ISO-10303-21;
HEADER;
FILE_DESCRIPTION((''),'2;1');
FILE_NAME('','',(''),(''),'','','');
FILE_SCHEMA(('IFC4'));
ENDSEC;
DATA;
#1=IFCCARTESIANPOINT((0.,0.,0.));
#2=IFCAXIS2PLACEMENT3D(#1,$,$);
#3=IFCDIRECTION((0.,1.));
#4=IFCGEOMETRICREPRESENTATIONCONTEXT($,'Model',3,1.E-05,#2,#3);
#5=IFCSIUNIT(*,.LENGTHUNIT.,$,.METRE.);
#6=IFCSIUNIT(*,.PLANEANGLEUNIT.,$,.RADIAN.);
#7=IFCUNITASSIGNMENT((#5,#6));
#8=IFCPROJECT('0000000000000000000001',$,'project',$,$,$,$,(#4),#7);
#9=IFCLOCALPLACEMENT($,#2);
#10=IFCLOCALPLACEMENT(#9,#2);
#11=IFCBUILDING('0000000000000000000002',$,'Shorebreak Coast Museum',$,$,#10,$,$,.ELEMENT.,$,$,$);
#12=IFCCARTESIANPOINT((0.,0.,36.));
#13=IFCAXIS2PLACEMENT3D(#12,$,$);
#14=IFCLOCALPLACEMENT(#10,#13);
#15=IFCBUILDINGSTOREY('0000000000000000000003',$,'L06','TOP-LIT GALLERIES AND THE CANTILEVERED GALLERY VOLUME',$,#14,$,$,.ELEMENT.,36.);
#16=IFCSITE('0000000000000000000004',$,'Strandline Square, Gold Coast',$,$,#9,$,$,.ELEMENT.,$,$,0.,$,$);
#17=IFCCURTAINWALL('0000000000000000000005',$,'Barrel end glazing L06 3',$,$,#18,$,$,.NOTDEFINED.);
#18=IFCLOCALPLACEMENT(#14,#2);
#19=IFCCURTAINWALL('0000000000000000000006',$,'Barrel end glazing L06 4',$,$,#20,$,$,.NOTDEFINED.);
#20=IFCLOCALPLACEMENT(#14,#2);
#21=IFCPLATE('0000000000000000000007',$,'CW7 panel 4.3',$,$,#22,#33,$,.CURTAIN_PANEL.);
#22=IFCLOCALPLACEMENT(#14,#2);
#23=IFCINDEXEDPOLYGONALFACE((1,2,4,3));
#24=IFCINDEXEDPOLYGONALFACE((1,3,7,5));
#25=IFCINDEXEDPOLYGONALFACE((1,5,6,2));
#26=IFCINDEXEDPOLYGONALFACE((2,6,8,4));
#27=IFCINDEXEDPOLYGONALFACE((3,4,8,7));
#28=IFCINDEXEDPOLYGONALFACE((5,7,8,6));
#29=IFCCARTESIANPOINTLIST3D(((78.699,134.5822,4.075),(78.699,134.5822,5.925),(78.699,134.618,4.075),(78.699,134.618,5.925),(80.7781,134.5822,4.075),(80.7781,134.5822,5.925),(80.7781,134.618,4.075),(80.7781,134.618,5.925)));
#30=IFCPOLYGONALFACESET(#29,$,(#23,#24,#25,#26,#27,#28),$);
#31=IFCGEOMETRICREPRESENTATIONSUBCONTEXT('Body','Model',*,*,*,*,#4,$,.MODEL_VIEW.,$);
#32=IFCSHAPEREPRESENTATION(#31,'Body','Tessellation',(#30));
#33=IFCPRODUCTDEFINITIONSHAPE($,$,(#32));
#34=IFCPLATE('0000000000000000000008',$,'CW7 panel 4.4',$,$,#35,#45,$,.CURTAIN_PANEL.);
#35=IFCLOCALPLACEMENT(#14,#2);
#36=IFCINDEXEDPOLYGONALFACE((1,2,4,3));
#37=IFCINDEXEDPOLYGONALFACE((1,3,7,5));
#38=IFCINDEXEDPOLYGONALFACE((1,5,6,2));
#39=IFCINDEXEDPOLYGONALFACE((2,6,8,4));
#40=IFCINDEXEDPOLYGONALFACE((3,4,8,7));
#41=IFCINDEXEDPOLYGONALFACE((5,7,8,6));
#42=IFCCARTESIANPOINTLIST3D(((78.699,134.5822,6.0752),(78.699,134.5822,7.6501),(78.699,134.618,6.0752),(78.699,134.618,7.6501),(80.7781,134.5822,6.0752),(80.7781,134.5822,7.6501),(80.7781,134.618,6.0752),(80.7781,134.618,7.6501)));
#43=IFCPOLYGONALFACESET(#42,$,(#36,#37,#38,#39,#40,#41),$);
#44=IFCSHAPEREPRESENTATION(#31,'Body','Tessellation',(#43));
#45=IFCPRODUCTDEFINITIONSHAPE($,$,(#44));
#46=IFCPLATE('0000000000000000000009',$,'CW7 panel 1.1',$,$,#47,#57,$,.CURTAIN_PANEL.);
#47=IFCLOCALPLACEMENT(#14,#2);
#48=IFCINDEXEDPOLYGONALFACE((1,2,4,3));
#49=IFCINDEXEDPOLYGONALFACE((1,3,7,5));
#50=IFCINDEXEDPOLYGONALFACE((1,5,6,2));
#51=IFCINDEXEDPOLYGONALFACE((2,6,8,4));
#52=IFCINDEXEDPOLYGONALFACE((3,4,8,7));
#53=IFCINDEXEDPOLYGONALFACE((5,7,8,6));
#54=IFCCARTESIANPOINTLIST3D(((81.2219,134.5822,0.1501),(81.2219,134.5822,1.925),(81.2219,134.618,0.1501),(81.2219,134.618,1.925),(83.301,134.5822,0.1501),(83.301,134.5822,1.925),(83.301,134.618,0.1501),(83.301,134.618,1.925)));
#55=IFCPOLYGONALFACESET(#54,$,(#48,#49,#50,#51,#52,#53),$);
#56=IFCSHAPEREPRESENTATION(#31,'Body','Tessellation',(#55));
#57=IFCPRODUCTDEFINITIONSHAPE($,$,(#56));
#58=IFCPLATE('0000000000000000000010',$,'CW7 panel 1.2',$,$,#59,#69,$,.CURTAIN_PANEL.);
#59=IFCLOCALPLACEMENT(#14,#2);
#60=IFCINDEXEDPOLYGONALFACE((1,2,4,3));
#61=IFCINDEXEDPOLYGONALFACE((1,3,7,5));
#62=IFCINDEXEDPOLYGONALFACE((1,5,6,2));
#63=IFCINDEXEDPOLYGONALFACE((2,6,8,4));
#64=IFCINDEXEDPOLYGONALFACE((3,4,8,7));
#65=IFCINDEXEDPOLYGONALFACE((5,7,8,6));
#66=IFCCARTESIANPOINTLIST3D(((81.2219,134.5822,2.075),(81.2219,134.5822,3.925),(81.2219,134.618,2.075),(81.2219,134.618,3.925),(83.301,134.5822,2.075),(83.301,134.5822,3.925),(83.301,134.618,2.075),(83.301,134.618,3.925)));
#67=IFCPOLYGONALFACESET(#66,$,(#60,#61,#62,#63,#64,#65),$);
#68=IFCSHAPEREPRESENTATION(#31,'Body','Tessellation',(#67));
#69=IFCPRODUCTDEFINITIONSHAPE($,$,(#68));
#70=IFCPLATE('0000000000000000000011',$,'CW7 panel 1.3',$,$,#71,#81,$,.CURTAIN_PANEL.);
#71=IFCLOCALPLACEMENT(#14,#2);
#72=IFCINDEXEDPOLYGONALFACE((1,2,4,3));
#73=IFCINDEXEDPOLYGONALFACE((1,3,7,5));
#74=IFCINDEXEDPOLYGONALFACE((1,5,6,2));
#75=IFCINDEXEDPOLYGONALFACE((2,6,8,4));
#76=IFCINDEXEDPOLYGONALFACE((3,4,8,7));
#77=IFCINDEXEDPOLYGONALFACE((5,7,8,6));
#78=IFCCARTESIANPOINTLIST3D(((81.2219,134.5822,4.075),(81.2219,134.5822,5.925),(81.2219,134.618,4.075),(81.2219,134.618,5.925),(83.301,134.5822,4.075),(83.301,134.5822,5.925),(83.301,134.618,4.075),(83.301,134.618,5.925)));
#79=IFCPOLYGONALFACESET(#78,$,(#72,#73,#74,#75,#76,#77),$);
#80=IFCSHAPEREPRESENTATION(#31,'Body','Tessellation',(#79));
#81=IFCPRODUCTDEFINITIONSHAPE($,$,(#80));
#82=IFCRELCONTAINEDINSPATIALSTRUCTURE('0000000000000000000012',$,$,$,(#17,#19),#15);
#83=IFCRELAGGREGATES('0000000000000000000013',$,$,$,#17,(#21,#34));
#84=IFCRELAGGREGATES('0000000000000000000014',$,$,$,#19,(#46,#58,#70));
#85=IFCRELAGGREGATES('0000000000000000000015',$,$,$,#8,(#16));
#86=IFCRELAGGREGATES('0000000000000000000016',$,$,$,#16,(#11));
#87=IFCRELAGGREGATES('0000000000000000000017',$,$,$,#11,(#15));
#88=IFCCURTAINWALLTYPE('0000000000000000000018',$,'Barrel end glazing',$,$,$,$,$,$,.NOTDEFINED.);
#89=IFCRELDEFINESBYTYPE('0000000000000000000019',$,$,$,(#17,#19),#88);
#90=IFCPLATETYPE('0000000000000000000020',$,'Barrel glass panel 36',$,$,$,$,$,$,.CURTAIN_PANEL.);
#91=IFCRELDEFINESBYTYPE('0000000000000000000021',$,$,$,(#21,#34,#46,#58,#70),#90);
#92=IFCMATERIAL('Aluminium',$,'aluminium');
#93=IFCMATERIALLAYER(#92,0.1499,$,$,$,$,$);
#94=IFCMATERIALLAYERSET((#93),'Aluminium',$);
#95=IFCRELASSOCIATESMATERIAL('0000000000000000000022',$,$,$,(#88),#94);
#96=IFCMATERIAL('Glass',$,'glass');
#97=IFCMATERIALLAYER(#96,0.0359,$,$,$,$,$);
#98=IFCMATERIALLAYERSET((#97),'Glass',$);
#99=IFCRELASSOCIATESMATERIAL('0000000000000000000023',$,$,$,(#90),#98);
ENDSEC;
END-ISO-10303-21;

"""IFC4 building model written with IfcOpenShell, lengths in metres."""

from ifc_helpers import new_model, si_unit, direction, frame, origin, origin_2d, place, context, subcontext, project, spatial, rectangle, extrude, material, layer, layer_set, type_object, element, aggregate, save


model = new_model("IFC4")

# Units and contexts
model_context = context("Model", 3, precision=1e-05, world=origin(), true_north=direction((0.0, 1.0)))
body_context = subcontext(model_context, "Body", "Model", "MODEL_VIEW")
ifc_project = project(units=[si_unit("LENGTHUNIT", "METRE"), si_unit("PLANEANGLEUNIT", "RADIAN")], contexts=[model_context])

# Site, building, storey
site_placement = place(None, origin())
site = spatial("IfcSite", under=ifc_project, at=site_placement, Name="Strandline Square, Gold Coast", CompositionType="ELEMENT", RefElevation=0.0)
building_placement = place(site_placement, origin())
building = spatial("IfcBuilding", under=site, at=building_placement, Name="Shorebreak Coast Museum", CompositionType="ELEMENT")
storey_placement = place(building_placement, frame((0.0, 0.0, 36.0)))
storey = spatial("IfcBuildingStorey", under=building, at=storey_placement, Name="L06", Description="TOP-LIT GALLERIES AND THE CANTILEVERED GALLERY VOLUME", CompositionType="ELEMENT", Elevation=36.0)

# Curtain wall
ifc_material_1 = material(Name="Aluminium", Category="aluminium")
ifc_layer_1 = layer(ifc_material_1, 0.1499)
ifc_layer_set_1 = layer_set([ifc_layer_1], Name="Aluminium")
curtain_wall_type = type_object("IfcCurtainWallType", Name="Barrel end glazing", PredefinedType="NOTDEFINED", material=ifc_layer_set_1)
curtain_wall_1_placement = place(storey_placement, origin())
curtain_wall_1 = element("IfcCurtainWall", 1, at=curtain_wall_1_placement, inside=storey, type_object=curtain_wall_type, Name="Barrel end glazing L06 3", PredefinedType="NOTDEFINED")

# Curtain wall
curtain_wall_2_placement = place(storey_placement, origin())
curtain_wall_2 = element("IfcCurtainWall", 2, at=curtain_wall_2_placement, inside=storey, type_object=curtain_wall_type, Name="Barrel end glazing L06 4", PredefinedType="NOTDEFINED")

# Plates
ifc_material_2 = material(Name="Glass", Category="glass")
ifc_layer_2 = layer(ifc_material_2, 0.0359)
ifc_layer_set_2 = layer_set([ifc_layer_2], Name="Glass")
plate_type = type_object("IfcPlateType", Name="Barrel glass panel 36", PredefinedType="CURTAIN_PANEL", material=ifc_layer_set_2)
plate_1_placement = place(storey_placement, frame((79.7385, 134.6001, 4.075), z_axis=(0.0, 0.0, 1.0), x_axis=(1.0, 0.0, 0.0)))
plate_1 = element("IfcPlate", 3, at=plate_1_placement, type_object=plate_type, Name="CW7 panel 4.3", PredefinedType="CURTAIN_PANEL", context=body_context, shape_type="SweptSolid", body=[
    extrude(rectangle(XDim=2.0791, YDim=0.0359, at=origin_2d()), origin(), (0.0, 0.0, 1.0), 1.8501),
])
plate_2_placement = place(storey_placement, frame((79.7385, 134.6001, 6.0752), z_axis=(0.0, 0.0, 1.0), x_axis=(1.0, 0.0, 0.0)))
plate_2 = element("IfcPlate", 4, at=plate_2_placement, type_object=plate_type, Name="CW7 panel 4.4", PredefinedType="CURTAIN_PANEL", context=body_context, shape_type="SweptSolid", body=[
    extrude(rectangle(XDim=2.0791, YDim=0.0359, at=origin_2d()), origin(), (0.0, 0.0, 1.0), 1.575),
])
aggregate(curtain_wall_1, [plate_1, plate_2])
plate_3_placement = place(storey_placement, frame((82.2615, 134.6001, 0.1501), z_axis=(0.0, 0.0, 1.0), x_axis=(1.0, 0.0, 0.0)))
plate_3 = element("IfcPlate", 5, at=plate_3_placement, type_object=plate_type, Name="CW7 panel 1.1", PredefinedType="CURTAIN_PANEL", context=body_context, shape_type="SweptSolid", body=[
    extrude(rectangle(XDim=2.0791, YDim=0.0359, at=origin_2d()), origin(), (0.0, 0.0, 1.0), 1.7749),
])
plate_4_placement = place(storey_placement, frame((82.2615, 134.6001, 2.075), z_axis=(0.0, 0.0, 1.0), x_axis=(1.0, 0.0, 0.0)))
plate_4 = element("IfcPlate", 6, at=plate_4_placement, type_object=plate_type, Name="CW7 panel 1.2", PredefinedType="CURTAIN_PANEL", context=body_context, shape_type="SweptSolid", body=[
    extrude(rectangle(XDim=2.0791, YDim=0.0359, at=origin_2d()), origin(), (0.0, 0.0, 1.0), 1.8501),
])
plate_5_placement = place(storey_placement, frame((82.2615, 134.6001, 4.075), z_axis=(0.0, 0.0, 1.0), x_axis=(1.0, 0.0, 0.0)))
plate_5 = element("IfcPlate", 7, at=plate_5_placement, type_object=plate_type, Name="CW7 panel 1.3", PredefinedType="CURTAIN_PANEL", context=body_context, shape_type="SweptSolid", body=[
    extrude(rectangle(XDim=2.0791, YDim=0.0359, at=origin_2d()), origin(), (0.0, 0.0, 1.0), 1.8501),
])
aggregate(curtain_wall_2, [plate_3, plate_4, plate_5])

save(model, "model.ifc")
